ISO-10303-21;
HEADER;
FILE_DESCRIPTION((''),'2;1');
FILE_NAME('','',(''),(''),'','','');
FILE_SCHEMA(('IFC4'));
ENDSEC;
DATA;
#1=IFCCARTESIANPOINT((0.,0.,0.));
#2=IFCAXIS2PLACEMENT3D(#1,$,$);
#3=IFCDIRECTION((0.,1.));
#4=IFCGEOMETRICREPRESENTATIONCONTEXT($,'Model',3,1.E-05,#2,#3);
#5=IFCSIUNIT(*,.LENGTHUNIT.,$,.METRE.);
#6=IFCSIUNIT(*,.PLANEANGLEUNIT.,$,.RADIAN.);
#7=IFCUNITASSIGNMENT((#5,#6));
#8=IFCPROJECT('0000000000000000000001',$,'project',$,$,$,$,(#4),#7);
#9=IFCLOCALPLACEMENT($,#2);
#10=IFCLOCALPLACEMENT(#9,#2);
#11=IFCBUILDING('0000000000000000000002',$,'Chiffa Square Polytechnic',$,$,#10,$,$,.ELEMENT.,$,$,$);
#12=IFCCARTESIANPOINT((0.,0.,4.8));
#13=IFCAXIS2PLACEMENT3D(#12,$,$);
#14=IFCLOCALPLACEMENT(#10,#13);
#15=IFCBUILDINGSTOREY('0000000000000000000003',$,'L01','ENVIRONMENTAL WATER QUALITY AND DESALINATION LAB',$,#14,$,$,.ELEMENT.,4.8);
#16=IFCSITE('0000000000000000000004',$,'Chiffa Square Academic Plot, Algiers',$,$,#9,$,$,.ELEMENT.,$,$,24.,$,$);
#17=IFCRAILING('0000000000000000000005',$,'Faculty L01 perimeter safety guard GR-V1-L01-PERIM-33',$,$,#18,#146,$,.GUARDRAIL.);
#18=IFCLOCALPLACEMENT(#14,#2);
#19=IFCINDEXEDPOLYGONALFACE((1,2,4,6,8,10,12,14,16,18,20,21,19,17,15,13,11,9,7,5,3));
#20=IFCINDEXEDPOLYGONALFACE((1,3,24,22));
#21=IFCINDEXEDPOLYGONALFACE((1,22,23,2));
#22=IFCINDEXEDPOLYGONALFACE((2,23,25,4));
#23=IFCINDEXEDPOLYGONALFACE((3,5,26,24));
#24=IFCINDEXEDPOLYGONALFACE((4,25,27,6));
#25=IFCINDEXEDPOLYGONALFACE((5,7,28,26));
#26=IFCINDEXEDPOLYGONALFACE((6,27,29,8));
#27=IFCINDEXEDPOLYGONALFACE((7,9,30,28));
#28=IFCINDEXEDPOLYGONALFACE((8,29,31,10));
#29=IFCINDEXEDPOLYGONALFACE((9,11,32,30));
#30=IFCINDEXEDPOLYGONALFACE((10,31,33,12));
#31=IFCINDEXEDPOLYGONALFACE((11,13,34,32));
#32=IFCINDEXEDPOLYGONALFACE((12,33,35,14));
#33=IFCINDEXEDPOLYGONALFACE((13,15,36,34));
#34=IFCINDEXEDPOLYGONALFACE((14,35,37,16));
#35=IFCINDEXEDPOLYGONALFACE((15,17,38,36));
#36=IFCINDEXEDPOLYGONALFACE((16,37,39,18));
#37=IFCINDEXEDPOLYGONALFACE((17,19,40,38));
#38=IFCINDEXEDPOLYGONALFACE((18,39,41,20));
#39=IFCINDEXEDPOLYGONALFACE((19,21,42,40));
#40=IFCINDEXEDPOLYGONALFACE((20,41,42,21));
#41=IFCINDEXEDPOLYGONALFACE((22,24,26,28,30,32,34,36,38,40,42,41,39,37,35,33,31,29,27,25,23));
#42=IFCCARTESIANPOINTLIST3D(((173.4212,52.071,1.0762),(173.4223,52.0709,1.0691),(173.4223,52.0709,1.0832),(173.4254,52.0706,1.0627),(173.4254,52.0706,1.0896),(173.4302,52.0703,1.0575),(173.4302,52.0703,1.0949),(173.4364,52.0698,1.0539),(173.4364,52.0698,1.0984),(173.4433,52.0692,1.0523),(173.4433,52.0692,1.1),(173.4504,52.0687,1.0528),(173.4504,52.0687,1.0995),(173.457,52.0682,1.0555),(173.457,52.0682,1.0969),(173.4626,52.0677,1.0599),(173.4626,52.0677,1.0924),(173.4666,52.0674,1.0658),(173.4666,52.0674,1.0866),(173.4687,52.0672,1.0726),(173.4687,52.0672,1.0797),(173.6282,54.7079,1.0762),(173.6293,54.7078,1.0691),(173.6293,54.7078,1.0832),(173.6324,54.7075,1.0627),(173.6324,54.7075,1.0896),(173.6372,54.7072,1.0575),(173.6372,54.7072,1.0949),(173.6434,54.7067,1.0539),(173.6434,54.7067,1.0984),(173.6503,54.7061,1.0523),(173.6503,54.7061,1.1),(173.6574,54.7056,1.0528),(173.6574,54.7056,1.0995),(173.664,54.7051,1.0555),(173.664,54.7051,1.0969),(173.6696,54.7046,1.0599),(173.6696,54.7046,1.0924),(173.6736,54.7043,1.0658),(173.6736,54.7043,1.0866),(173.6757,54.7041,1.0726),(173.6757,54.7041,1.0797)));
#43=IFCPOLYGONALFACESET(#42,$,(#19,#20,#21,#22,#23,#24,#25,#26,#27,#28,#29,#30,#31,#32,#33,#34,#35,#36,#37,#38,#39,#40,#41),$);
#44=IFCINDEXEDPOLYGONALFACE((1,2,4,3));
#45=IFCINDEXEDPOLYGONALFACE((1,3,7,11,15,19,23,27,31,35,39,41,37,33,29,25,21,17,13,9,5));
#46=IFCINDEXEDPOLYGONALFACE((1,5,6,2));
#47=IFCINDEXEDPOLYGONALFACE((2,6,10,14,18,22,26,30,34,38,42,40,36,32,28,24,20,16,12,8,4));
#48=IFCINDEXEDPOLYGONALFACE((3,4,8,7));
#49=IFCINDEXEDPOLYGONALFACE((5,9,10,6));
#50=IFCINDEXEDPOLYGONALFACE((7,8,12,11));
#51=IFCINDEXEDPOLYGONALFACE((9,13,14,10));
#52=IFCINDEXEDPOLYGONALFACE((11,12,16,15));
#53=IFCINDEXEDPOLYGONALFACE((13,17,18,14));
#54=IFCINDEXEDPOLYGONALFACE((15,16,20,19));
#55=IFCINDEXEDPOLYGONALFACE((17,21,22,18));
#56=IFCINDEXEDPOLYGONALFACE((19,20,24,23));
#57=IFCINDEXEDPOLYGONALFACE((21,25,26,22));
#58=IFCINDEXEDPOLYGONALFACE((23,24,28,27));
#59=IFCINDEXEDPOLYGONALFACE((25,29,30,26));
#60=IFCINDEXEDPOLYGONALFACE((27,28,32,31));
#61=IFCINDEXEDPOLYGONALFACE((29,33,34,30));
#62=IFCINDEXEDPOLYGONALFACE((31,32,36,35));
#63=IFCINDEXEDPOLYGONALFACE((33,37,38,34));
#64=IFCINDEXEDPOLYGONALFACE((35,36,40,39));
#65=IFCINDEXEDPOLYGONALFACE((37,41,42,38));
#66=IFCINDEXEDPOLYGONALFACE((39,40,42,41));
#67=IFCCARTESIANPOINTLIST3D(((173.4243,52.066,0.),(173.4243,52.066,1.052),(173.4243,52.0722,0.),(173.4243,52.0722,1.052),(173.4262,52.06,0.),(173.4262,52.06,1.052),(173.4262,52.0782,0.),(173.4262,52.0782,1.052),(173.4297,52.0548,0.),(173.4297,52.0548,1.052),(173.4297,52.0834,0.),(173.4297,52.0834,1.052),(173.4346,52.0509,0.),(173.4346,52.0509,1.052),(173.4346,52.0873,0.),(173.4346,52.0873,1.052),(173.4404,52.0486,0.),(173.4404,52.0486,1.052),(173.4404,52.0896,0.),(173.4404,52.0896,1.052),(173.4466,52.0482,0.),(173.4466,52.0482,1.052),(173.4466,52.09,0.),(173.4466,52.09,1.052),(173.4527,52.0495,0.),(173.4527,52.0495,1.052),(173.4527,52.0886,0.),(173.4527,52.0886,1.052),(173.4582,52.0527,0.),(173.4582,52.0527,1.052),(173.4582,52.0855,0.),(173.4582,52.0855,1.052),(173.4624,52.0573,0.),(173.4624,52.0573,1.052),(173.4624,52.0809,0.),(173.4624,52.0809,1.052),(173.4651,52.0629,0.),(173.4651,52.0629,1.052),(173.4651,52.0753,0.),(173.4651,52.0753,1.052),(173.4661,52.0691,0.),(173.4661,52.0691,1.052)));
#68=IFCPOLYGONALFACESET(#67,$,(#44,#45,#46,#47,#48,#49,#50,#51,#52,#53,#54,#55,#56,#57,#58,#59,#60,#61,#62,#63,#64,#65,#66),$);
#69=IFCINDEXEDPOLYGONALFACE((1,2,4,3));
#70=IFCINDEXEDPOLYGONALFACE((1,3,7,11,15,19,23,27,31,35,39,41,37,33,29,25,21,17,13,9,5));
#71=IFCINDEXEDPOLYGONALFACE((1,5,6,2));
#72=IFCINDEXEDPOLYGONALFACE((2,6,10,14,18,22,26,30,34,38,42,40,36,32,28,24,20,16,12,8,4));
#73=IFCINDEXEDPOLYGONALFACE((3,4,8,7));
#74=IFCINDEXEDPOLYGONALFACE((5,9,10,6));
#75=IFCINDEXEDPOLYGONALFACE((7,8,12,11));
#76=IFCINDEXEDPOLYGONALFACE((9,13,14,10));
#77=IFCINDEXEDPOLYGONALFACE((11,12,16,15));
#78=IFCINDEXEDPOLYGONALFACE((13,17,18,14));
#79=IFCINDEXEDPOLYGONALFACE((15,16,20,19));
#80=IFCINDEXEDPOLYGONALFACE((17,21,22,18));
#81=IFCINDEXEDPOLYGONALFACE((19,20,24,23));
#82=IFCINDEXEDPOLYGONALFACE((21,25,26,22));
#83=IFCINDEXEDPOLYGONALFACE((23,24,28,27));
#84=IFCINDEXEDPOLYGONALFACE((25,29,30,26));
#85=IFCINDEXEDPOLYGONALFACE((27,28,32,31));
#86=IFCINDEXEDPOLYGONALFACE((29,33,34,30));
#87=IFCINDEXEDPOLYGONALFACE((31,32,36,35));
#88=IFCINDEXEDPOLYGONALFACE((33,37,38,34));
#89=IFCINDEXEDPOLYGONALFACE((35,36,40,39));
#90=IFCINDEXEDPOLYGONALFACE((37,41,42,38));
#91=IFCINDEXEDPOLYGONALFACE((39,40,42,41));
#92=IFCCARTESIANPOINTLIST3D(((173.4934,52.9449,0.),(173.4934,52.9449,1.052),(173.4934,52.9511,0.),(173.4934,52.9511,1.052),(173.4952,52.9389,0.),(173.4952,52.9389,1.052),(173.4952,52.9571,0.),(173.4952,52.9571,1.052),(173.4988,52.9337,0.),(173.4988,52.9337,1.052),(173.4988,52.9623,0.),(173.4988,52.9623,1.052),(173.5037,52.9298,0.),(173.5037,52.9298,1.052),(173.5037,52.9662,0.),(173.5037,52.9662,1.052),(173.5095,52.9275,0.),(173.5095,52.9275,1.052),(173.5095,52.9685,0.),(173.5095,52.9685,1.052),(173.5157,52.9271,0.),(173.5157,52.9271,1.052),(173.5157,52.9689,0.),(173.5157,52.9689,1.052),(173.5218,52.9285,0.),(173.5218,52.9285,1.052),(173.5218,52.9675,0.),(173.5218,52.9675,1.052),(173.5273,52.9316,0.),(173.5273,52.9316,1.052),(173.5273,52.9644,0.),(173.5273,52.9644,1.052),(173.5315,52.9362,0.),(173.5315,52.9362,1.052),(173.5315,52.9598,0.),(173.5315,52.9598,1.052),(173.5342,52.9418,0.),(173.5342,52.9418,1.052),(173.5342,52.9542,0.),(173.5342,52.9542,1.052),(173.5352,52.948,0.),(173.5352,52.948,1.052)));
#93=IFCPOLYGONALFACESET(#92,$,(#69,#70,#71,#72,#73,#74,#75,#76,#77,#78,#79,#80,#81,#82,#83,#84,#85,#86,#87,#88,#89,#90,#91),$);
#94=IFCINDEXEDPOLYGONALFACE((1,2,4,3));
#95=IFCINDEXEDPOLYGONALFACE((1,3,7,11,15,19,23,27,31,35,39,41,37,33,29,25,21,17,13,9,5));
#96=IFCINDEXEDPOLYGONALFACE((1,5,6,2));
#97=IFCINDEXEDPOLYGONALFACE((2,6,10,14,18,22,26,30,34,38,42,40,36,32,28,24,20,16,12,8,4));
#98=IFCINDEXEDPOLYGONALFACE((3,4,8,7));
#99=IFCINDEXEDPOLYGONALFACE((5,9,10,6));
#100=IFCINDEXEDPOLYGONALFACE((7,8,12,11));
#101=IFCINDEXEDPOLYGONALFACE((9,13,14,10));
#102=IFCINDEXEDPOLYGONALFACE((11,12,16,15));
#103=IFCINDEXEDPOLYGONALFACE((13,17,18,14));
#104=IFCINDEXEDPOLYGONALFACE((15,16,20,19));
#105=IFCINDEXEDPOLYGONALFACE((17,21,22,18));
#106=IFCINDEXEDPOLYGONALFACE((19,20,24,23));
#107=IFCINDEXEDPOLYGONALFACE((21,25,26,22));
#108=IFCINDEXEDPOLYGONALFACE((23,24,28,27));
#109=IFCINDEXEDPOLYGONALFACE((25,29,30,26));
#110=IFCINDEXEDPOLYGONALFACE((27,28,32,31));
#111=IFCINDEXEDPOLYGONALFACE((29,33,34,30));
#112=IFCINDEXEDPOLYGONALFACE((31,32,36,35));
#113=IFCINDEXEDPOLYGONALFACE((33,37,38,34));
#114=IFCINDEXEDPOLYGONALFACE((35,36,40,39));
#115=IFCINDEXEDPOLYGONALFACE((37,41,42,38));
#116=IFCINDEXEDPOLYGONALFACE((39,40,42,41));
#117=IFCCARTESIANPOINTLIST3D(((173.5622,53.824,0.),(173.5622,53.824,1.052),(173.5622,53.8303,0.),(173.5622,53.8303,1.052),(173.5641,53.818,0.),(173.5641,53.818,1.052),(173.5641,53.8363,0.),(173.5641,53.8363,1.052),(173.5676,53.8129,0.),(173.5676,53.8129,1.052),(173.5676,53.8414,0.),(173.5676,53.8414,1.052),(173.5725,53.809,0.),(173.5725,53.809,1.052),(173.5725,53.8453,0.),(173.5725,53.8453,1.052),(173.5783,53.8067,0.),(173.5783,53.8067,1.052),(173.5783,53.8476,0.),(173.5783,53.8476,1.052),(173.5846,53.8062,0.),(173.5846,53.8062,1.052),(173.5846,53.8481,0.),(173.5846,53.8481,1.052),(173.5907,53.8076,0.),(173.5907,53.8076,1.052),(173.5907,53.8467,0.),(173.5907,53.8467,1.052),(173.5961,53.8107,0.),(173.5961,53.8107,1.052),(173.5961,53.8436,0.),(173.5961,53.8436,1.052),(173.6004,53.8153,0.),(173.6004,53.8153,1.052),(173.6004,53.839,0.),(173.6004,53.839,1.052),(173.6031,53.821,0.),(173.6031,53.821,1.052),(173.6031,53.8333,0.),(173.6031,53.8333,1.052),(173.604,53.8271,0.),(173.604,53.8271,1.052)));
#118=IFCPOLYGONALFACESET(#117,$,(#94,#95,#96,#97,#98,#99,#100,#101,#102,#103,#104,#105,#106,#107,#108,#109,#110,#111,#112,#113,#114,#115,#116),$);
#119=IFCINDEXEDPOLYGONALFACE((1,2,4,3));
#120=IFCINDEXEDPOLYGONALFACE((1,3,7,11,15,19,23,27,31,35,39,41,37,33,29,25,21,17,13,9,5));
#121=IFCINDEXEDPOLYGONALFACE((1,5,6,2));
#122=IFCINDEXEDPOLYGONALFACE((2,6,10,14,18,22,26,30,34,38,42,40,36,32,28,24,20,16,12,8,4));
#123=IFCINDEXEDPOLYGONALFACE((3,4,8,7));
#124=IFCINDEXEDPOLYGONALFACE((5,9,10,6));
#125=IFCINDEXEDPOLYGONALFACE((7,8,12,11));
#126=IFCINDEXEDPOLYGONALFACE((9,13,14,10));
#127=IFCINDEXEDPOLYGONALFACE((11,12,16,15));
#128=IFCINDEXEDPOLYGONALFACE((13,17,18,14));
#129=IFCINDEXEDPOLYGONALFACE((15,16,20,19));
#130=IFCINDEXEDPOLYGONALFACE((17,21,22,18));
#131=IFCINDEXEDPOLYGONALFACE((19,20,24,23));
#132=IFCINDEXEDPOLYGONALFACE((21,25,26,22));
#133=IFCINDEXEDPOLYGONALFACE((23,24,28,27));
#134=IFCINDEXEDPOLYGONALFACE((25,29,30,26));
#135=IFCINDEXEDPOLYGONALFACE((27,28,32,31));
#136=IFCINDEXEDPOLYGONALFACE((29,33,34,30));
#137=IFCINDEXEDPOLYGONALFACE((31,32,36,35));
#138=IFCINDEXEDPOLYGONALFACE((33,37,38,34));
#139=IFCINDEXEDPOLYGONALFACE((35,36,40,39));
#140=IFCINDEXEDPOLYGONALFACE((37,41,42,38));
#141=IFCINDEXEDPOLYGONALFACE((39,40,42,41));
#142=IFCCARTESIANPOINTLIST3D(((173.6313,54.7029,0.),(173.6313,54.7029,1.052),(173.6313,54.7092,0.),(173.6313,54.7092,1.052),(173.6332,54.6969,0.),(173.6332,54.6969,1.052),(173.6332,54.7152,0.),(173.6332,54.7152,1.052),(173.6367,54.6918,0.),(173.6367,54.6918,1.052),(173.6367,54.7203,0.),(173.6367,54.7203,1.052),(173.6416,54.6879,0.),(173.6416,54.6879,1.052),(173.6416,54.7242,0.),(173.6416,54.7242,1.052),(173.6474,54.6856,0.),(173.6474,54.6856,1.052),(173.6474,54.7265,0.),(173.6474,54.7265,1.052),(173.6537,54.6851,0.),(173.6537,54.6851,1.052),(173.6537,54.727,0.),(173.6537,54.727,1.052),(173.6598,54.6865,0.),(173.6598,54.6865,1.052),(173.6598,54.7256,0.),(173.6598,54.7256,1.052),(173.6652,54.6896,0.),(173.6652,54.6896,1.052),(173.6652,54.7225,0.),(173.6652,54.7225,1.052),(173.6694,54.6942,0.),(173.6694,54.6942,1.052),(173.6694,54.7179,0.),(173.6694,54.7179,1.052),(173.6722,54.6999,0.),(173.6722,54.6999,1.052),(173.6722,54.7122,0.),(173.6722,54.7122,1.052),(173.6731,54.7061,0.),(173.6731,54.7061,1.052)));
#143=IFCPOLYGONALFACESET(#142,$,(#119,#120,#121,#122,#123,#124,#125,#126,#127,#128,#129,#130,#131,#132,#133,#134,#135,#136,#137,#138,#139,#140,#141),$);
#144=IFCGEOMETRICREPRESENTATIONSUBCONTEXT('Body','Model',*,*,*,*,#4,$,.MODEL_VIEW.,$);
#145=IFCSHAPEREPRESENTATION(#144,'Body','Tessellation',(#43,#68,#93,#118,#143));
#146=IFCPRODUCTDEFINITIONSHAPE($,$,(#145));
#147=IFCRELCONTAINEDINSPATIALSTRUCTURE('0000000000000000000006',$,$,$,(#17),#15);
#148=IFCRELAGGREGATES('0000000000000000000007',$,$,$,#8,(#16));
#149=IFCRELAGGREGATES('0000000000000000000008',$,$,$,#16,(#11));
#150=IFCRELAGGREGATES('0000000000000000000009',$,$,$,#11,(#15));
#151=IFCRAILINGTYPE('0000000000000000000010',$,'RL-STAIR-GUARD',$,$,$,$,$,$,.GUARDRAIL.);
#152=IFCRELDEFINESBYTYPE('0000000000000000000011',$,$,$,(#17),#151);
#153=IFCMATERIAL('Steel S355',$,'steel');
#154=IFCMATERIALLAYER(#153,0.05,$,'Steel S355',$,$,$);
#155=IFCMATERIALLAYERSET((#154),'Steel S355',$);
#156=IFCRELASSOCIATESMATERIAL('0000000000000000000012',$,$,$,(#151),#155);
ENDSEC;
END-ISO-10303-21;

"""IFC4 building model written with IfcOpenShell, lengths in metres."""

from ifc_helpers import new_model, si_unit, direction, frame, origin, origin_2d, place, context, subcontext, project, spatial, circle, extrude, material, layer, layer_set, type_object, element, save


model = new_model("IFC4")

# Units and contexts
model_context = context("Model", 3, precision=1e-05, world=origin(), true_north=direction((0.0, 1.0)))
body_context = subcontext(model_context, "Body", "Model", "MODEL_VIEW")
ifc_project = project(units=[si_unit("LENGTHUNIT", "METRE"), si_unit("PLANEANGLEUNIT", "RADIAN")], contexts=[model_context])

# Site, building, storey
site_placement = place(None, origin())
site = spatial("IfcSite", under=ifc_project, at=site_placement, Name="Chiffa Square Academic Plot, Algiers", CompositionType="ELEMENT", RefElevation=24.0)
building_placement = place(site_placement, origin())
building = spatial("IfcBuilding", under=site, at=building_placement, Name="Chiffa Square Polytechnic", CompositionType="ELEMENT")
storey_placement = place(building_placement, frame((0.0, 0.0, 4.8)))
storey = spatial("IfcBuildingStorey", under=building, at=storey_placement, Name="L01", Description="ENVIRONMENTAL WATER QUALITY AND DESALINATION LAB", CompositionType="ELEMENT", Elevation=4.8)

# Shared definitions
ifc_material_1 = material(Name="Steel S355", Category="steel")

# Railing
ifc_layer_1 = layer(ifc_material_1, 0.05, Name="Steel S355")
ifc_layer_set_1 = layer_set([ifc_layer_1], Name="Steel S355")
railing_type = type_object("IfcRailingType", Name="RL-STAIR-GUARD", PredefinedType="GUARDRAIL", material=ifc_layer_set_1)
railing_1_placement = place(storey_placement, frame((173.4451, 52.0691, 0.0)))
element("IfcRailing", 1, at=railing_1_placement, inside=storey, type_object=railing_type, Name="Faculty L01 perimeter safety guard GR-V1-L01-PERIM-33", PredefinedType="GUARDRAIL", context=body_context, shape_type="SweptSolid", body=[
    extrude(circle(Radius=0.0239, at=origin_2d()), frame((0.0, 0.0, 1.0762), z_axis=(0.07827, 0.996932, 0.0), x_axis=(-0.996932, 0.07827, 0.0)), (0.0, 0.0, 1.0), 2.645),
    extrude(circle(Radius=0.021, at=origin_2d()), origin(), (0.0, 0.0, 1.0), 1.052),
    extrude(circle(Radius=0.021, at=origin_2d()), frame((0.0691, 0.8789, 0.0)), (0.0, 0.0, 1.0), 1.052),
    extrude(circle(Radius=0.021, at=origin_2d()), frame((0.1379, 1.7581, 0.0)), (0.0, 0.0, 1.0), 1.052),
    extrude(circle(Radius=0.021, at=origin_2d()), frame((0.207, 2.637, 0.0)), (0.0, 0.0, 1.0), 1.052),
])

save(model, "model.ifc")
